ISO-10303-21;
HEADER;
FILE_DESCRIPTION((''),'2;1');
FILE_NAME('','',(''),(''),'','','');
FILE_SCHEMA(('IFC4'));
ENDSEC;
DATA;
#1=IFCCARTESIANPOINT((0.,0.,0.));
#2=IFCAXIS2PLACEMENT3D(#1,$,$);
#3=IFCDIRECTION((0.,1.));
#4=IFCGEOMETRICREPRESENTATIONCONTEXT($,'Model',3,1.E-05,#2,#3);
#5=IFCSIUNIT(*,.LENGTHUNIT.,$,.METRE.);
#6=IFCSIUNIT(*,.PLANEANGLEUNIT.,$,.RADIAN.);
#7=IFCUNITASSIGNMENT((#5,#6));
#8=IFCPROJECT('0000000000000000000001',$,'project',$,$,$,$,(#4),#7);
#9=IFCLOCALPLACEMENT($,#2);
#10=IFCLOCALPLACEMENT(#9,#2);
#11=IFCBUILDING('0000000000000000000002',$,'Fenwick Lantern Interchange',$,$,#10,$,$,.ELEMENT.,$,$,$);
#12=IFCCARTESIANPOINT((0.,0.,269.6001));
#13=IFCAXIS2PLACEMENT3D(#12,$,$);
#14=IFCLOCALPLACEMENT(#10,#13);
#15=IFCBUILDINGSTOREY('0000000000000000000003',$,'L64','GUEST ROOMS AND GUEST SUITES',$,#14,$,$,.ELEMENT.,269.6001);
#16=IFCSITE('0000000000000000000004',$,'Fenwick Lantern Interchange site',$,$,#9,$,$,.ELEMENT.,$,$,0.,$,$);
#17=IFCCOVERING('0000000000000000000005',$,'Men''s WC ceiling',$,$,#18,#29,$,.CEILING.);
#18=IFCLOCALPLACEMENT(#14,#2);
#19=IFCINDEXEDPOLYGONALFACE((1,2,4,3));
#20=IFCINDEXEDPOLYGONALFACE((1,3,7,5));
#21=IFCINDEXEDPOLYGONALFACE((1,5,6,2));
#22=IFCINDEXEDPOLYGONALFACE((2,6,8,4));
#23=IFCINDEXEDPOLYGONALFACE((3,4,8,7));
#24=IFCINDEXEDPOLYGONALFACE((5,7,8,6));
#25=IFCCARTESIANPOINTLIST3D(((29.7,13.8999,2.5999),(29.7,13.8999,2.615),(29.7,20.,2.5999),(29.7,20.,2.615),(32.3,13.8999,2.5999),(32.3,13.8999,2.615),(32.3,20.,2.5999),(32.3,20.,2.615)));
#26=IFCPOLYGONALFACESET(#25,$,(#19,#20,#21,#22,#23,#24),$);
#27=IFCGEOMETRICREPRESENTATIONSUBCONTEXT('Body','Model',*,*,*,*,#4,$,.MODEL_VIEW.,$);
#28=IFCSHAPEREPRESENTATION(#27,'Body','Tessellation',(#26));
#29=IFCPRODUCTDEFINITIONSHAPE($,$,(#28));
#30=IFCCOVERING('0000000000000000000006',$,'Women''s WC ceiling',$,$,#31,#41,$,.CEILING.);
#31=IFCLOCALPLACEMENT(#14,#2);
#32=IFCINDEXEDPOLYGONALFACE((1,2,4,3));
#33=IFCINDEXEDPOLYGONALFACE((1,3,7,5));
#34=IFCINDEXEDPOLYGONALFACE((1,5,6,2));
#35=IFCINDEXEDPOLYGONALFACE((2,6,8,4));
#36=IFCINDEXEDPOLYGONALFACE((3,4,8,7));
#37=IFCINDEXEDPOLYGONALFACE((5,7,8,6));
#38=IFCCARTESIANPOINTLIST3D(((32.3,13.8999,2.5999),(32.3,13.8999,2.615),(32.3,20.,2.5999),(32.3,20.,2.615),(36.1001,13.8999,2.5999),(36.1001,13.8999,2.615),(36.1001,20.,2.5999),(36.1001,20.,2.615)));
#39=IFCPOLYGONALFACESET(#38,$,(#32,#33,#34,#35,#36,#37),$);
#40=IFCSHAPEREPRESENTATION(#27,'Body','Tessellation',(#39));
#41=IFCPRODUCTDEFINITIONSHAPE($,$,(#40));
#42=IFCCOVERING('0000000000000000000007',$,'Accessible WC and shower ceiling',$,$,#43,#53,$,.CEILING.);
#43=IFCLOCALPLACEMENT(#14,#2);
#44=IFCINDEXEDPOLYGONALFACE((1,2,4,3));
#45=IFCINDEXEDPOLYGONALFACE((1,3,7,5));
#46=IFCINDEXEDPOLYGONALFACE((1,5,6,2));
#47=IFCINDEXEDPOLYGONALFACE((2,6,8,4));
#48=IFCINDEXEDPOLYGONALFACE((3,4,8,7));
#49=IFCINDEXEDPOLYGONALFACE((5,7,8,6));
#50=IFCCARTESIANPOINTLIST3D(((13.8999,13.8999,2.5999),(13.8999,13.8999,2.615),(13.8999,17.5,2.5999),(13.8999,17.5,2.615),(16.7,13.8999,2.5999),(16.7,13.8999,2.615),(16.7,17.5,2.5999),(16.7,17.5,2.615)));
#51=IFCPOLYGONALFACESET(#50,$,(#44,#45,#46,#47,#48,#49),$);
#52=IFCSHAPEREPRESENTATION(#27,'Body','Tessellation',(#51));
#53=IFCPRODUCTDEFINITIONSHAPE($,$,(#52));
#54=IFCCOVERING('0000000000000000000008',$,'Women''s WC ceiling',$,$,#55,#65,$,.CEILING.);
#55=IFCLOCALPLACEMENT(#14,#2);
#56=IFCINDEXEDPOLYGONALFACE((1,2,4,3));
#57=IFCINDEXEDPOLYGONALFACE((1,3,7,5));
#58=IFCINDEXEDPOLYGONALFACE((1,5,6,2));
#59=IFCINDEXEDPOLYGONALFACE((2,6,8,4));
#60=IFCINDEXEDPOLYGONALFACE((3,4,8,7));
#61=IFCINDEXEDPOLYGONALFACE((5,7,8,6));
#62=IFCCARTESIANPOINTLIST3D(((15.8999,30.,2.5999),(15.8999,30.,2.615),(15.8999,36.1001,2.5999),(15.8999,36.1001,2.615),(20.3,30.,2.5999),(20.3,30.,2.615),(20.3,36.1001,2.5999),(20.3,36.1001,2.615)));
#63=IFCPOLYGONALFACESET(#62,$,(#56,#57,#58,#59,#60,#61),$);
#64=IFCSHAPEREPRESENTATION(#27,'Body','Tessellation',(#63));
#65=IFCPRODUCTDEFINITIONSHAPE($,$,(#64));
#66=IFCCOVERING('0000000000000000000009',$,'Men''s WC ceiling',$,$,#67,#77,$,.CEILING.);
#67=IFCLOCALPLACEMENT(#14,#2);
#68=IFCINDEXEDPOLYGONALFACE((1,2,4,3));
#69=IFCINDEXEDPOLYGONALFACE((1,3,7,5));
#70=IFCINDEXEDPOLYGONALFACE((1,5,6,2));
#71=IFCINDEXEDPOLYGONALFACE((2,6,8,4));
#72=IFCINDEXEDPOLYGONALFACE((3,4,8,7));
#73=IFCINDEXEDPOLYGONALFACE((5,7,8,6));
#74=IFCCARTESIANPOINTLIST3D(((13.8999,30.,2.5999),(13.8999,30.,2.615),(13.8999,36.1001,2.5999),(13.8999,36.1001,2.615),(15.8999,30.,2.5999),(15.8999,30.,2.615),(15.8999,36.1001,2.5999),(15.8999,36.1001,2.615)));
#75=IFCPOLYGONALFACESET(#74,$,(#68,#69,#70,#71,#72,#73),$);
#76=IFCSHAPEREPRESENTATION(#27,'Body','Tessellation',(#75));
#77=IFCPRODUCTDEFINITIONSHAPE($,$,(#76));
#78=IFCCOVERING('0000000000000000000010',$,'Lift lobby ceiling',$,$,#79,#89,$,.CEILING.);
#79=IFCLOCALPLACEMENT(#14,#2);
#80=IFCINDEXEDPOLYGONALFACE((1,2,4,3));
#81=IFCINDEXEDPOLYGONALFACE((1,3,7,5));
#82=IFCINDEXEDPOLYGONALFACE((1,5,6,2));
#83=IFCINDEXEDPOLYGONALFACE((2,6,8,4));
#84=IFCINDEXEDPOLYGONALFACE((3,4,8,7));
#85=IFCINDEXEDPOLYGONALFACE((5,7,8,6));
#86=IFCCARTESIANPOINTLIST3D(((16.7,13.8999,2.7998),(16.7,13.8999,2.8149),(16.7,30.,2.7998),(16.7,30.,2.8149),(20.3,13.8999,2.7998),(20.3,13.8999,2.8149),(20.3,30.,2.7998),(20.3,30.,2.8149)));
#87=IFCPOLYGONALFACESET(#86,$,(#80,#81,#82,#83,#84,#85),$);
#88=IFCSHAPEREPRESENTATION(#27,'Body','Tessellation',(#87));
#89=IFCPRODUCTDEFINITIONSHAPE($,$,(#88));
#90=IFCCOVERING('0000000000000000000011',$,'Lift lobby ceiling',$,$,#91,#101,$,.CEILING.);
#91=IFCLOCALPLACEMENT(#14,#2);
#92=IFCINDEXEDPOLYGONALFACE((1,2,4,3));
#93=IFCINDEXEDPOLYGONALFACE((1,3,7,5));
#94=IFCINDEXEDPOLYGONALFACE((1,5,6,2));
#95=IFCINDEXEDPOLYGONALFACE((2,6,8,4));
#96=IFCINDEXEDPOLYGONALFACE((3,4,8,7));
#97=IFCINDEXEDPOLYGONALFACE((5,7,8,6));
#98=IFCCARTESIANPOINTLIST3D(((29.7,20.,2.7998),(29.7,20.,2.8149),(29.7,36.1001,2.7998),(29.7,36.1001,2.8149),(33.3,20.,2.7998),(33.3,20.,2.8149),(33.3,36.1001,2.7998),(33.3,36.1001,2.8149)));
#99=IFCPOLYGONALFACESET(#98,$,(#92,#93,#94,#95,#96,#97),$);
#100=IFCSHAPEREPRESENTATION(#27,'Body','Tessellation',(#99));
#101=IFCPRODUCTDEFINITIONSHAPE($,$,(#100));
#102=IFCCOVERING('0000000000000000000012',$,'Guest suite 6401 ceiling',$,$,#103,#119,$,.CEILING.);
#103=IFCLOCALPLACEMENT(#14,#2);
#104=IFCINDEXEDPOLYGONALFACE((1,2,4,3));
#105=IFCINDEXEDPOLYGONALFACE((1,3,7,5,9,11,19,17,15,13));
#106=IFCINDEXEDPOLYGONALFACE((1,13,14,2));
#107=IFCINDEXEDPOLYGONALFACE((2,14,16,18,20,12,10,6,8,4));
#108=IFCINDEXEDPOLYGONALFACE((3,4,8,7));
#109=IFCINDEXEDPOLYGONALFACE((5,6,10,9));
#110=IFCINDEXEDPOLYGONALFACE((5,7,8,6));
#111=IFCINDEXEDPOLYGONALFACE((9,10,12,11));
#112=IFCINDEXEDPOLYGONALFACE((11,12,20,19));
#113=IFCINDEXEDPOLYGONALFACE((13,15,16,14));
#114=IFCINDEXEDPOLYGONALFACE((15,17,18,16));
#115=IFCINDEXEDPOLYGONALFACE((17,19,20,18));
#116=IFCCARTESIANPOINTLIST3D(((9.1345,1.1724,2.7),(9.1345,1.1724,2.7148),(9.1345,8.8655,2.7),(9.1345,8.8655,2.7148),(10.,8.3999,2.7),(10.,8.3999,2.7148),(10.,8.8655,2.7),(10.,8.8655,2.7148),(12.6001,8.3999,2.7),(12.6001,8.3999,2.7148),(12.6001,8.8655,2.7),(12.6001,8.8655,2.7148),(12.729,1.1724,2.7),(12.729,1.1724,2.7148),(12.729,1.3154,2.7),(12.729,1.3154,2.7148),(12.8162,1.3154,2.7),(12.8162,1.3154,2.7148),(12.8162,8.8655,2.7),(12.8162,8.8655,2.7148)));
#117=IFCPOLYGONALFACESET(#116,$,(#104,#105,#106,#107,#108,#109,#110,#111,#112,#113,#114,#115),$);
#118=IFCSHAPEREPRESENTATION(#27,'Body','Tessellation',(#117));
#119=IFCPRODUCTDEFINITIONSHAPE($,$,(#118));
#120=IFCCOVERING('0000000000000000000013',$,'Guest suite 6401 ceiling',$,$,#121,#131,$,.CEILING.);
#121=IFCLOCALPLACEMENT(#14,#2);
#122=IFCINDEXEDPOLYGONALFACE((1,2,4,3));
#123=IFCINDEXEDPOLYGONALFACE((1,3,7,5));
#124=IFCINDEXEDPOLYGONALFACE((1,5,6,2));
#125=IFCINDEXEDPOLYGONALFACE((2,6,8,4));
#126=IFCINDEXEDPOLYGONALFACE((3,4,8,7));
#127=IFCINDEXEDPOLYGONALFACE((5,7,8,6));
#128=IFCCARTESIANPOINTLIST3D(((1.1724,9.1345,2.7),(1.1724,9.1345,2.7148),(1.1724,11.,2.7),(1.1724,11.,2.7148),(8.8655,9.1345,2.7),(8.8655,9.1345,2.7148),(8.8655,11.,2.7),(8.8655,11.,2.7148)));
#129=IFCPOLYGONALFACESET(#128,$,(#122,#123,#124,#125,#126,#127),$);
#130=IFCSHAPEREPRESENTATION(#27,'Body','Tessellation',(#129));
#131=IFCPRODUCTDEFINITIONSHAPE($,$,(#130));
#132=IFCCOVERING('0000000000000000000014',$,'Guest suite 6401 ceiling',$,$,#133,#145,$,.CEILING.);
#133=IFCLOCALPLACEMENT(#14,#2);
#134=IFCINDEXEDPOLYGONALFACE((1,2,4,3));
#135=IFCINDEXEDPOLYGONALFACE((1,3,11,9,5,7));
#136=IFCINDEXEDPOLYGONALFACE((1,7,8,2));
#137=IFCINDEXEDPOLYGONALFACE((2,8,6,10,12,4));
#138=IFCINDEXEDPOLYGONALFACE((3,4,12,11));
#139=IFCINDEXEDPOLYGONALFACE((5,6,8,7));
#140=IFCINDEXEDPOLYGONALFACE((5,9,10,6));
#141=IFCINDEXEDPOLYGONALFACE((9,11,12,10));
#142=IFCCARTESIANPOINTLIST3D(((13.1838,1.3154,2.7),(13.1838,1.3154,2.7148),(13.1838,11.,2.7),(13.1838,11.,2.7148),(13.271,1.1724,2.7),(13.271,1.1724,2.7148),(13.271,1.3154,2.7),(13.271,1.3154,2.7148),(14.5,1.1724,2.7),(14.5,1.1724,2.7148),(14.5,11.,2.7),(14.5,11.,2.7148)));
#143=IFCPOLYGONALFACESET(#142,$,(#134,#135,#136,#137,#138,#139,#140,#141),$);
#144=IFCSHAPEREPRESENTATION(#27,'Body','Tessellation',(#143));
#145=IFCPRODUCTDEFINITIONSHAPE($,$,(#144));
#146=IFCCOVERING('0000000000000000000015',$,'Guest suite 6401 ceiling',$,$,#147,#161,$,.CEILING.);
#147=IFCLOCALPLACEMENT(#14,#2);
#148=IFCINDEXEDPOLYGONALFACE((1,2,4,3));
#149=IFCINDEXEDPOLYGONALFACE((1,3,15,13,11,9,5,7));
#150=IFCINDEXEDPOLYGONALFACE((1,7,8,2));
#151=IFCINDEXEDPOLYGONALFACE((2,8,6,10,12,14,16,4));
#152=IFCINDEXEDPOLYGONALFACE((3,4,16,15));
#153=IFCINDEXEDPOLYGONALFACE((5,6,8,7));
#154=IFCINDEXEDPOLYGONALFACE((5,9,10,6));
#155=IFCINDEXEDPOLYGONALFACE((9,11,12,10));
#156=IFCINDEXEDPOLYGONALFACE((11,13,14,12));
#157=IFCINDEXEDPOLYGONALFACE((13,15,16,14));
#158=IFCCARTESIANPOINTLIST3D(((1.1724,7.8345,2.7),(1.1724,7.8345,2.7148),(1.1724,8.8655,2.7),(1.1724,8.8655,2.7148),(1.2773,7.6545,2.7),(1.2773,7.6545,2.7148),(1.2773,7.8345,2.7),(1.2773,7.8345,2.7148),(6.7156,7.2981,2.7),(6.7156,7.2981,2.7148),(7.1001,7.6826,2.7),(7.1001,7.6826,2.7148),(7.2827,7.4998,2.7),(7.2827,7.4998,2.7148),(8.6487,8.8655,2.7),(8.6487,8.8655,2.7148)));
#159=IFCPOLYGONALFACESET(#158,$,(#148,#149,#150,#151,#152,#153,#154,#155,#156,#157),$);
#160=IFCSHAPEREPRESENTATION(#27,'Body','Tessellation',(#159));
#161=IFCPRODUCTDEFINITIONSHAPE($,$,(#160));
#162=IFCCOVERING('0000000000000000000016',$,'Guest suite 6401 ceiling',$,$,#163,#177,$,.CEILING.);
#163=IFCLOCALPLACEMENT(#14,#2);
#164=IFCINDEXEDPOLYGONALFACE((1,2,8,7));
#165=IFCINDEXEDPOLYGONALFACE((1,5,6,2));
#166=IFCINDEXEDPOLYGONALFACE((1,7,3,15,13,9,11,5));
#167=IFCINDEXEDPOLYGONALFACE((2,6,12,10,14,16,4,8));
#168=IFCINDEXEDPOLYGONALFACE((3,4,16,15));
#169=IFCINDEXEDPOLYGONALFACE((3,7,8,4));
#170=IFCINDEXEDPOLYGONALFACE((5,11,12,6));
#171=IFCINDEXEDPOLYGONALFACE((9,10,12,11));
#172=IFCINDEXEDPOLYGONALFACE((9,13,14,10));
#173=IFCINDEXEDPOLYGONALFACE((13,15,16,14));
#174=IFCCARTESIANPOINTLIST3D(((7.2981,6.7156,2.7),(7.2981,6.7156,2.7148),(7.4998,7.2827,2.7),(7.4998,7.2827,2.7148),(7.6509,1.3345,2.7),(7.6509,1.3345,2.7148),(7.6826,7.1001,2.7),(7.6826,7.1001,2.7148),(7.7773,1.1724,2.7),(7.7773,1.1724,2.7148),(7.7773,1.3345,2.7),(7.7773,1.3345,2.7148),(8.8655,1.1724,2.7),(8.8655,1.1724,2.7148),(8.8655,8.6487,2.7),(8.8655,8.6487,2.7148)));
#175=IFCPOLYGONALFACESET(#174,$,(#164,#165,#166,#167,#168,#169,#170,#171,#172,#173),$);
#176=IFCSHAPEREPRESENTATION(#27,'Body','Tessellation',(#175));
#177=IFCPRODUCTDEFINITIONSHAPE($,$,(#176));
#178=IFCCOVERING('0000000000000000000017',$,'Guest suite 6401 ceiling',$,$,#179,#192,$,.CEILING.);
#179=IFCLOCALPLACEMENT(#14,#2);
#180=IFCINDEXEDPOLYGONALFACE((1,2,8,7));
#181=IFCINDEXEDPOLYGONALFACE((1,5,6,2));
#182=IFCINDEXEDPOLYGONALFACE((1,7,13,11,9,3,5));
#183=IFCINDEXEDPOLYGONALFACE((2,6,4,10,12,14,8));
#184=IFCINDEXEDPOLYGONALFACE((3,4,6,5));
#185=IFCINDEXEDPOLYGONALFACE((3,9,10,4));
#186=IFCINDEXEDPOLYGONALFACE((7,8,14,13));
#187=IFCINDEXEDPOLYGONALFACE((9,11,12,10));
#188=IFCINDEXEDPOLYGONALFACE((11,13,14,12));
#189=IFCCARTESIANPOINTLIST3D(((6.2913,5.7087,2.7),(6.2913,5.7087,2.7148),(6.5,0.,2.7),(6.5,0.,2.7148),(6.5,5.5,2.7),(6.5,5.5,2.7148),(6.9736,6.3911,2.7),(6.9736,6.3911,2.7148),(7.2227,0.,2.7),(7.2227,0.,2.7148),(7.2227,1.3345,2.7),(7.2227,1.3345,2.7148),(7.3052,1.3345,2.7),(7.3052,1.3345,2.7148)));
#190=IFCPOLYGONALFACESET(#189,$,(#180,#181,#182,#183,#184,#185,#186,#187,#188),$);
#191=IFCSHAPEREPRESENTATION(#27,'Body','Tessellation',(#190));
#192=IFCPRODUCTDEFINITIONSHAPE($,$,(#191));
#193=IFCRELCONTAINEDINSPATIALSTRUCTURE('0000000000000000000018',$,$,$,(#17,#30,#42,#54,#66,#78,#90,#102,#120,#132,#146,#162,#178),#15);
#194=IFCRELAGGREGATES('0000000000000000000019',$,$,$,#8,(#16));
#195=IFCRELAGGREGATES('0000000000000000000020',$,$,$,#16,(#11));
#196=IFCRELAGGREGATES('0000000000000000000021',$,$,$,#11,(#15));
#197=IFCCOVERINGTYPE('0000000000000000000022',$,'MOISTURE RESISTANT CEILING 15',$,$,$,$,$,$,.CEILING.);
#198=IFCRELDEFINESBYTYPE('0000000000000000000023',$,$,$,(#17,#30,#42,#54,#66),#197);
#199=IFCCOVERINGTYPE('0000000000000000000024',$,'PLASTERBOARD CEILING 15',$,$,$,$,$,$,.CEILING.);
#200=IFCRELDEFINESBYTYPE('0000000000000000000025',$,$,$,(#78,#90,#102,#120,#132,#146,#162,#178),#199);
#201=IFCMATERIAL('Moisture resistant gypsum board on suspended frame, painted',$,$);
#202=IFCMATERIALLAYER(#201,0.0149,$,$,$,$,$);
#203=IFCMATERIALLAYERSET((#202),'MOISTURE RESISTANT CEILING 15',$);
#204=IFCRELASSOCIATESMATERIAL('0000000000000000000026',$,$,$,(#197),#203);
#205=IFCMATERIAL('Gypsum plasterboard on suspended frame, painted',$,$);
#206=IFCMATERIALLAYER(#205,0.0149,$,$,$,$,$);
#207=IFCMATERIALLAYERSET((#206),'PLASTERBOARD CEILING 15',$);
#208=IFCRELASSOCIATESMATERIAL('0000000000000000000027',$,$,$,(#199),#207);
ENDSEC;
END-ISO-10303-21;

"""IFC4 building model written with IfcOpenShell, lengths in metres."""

from ifc_helpers import new_model, si_unit, direction, frame, origin, place, context, subcontext, project, spatial, polyline, outline, extrude, material, layer, layer_set, type_object, element, save


model = new_model("IFC4")

# Units and contexts
model_context = context("Model", 3, precision=1e-05, world=origin(), true_north=direction((0.0, 1.0)))
body_context = subcontext(model_context, "Body", "Model", "MODEL_VIEW")
ifc_project = project(units=[si_unit("LENGTHUNIT", "METRE"), si_unit("PLANEANGLEUNIT", "RADIAN")], contexts=[model_context])

# Site, building, storey
site_placement = place(None, origin())
site = spatial("IfcSite", under=ifc_project, at=site_placement, Name="Fenwick Lantern Interchange site", CompositionType="ELEMENT", RefElevation=0.0)
building_placement = place(site_placement, origin())
building = spatial("IfcBuilding", under=site, at=building_placement, Name="Fenwick Lantern Interchange", CompositionType="ELEMENT")
storey_placement = place(building_placement, frame((0.0, 0.0, 269.6001)))
storey = spatial("IfcBuildingStorey", under=building, at=storey_placement, Name="L64", Description="GUEST ROOMS AND GUEST SUITES", CompositionType="ELEMENT", Elevation=269.6001)

# Coverings
ifc_material_1 = material(Name="Moisture resistant gypsum board on suspended frame, painted")
ifc_layer_1 = layer(ifc_material_1, 0.0149)
ifc_layer_set_1 = layer_set([ifc_layer_1], Name="MOISTURE RESISTANT CEILING 15")
covering_type_1 = type_object("IfcCoveringType", Name="MOISTURE RESISTANT CEILING 15", PredefinedType="CEILING", material=ifc_layer_set_1)
covering_1_placement = place(storey_placement, frame((0.0, 0.0, 2.5999)))
element("IfcCovering", 1, at=covering_1_placement, inside=storey, type_object=covering_type_1, Name="Men's WC ceiling", PredefinedType="CEILING", context=body_context, shape_type="SweptSolid", body=[
    extrude(outline(polyline([(29.7, 13.8999), (32.3, 13.8999), (32.3, 20.0), (29.7, 20.0), (29.7, 13.8999)])), origin(), (0.0, 0.0, 1.0), 0.0151),
])
covering_2_placement = place(storey_placement, frame((0.0, 0.0, 2.5999)))
element("IfcCovering", 2, at=covering_2_placement, inside=storey, type_object=covering_type_1, Name="Women's WC ceiling", PredefinedType="CEILING", context=body_context, shape_type="SweptSolid", body=[
    extrude(outline(polyline([(32.3, 13.8999), (36.1001, 13.8999), (36.1001, 20.0), (32.3, 20.0), (32.3, 13.8999)])), origin(), (0.0, 0.0, 1.0), 0.0151),
])
covering_3_placement = place(storey_placement, frame((0.0, 0.0, 2.5999)))
element("IfcCovering", 3, at=covering_3_placement, inside=storey, type_object=covering_type_1, Name="Accessible WC and shower ceiling", PredefinedType="CEILING", context=body_context, shape_type="SweptSolid", body=[
    extrude(outline(polyline([(13.8999, 13.8999), (16.7, 13.8999), (16.7, 17.5), (13.8999, 17.5), (13.8999, 13.8999)])), origin(), (0.0, 0.0, 1.0), 0.0151),
])
covering_4_placement = place(storey_placement, frame((0.0, 0.0, 2.5999)))
element("IfcCovering", 4, at=covering_4_placement, inside=storey, type_object=covering_type_1, Name="Women's WC ceiling", PredefinedType="CEILING", context=body_context, shape_type="SweptSolid", body=[
    extrude(outline(polyline([(20.3, 36.1001), (15.8999, 36.1001), (15.8999, 30.0), (20.3, 30.0), (20.3, 36.1001)])), origin(), (0.0, 0.0, 1.0), 0.0151),
])
covering_5_placement = place(storey_placement, frame((0.0, 0.0, 2.5999)))
element("IfcCovering", 5, at=covering_5_placement, inside=storey, type_object=covering_type_1, Name="Men's WC ceiling", PredefinedType="CEILING", context=body_context, shape_type="SweptSolid", body=[
    extrude(outline(polyline([(15.8999, 36.1001), (13.8999, 36.1001), (13.8999, 30.0), (15.8999, 30.0), (15.8999, 36.1001)])), origin(), (0.0, 0.0, 1.0), 0.0151),
])
ifc_material_2 = material(Name="Gypsum plasterboard on suspended frame, painted")
ifc_layer_2 = layer(ifc_material_2, 0.0149)
ifc_layer_set_2 = layer_set([ifc_layer_2], Name="PLASTERBOARD CEILING 15")
covering_type_2 = type_object("IfcCoveringType", Name="PLASTERBOARD CEILING 15", PredefinedType="CEILING", material=ifc_layer_set_2)
covering_6_placement = place(storey_placement, frame((0.0, 0.0, 2.7998)))
element("IfcCovering", 6, at=covering_6_placement, inside=storey, type_object=covering_type_2, Name="Lift lobby ceiling", PredefinedType="CEILING", context=body_context, shape_type="SweptSolid", body=[
    extrude(outline(polyline([(16.7, 13.8999), (20.3, 13.8999), (20.3, 30.0), (16.7, 30.0), (16.7, 13.8999)])), origin(), (0.0, 0.0, 1.0), 0.0151),
])
covering_7_placement = place(storey_placement, frame((0.0, 0.0, 2.7998)))
element("IfcCovering", 7, at=covering_7_placement, inside=storey, type_object=covering_type_2, Name="Lift lobby ceiling", PredefinedType="CEILING", context=body_context, shape_type="SweptSolid", body=[
    extrude(outline(polyline([(33.3, 36.1001), (29.7, 36.1001), (29.7, 20.0), (33.3, 20.0), (33.3, 36.1001)])), origin(), (0.0, 0.0, 1.0), 0.0151),
])
covering_8_placement = place(storey_placement, frame((0.0, 0.0, 2.7)))
element("IfcCovering", 8, at=covering_8_placement, inside=storey, type_object=covering_type_2, Name="Guest suite 6401 ceiling", PredefinedType="CEILING", context=body_context, shape_type="SweptSolid", body=[
    extrude(outline(polyline([(10.0, 8.3999), (10.0, 8.8655), (9.1345, 8.8655), (9.1345, 1.1724), (12.729, 1.1724), (12.729, 1.3154), (12.8162, 1.3154), (12.8162, 8.8655), (12.6001, 8.8655), (12.6001, 8.3999), (10.0, 8.3999)])), origin(), (0.0, 0.0, 1.0), 0.0149),
])
covering_9_placement = place(storey_placement, frame((0.0, 0.0, 2.7)))
element("IfcCovering", 9, at=covering_9_placement, inside=storey, type_object=covering_type_2, Name="Guest suite 6401 ceiling", PredefinedType="CEILING", context=body_context, shape_type="SweptSolid", body=[
    extrude(outline(polyline([(8.8655, 11.0), (1.1724, 11.0), (1.1724, 9.1345), (8.8655, 9.1345), (8.8655, 11.0)])), origin(), (0.0, 0.0, 1.0), 0.0149),
])
covering_10_placement = place(storey_placement, frame((0.0, 0.0, 2.7)))
element("IfcCovering", 10, at=covering_10_placement, inside=storey, type_object=covering_type_2, Name="Guest suite 6401 ceiling", PredefinedType="CEILING", context=body_context, shape_type="SweptSolid", body=[
    extrude(outline(polyline([(14.5, 11.0), (13.1838, 11.0), (13.1838, 1.3154), (13.271, 1.3154), (13.271, 1.1724), (14.5, 1.1724), (14.5, 11.0)])), origin(), (0.0, 0.0, 1.0), 0.0149),
])
covering_11_placement = place(storey_placement, frame((0.0, 0.0, 2.7)))
element("IfcCovering", 11, at=covering_11_placement, inside=storey, type_object=covering_type_2, Name="Guest suite 6401 ceiling", PredefinedType="CEILING", context=body_context, shape_type="SweptSolid", body=[
    extrude(outline(polyline([(7.1001, 7.6826), (7.2827, 7.4998), (8.6487, 8.8655), (1.1724, 8.8655), (1.1724, 7.8345), (1.2773, 7.8345), (1.2773, 7.6545), (6.7156, 7.2981), (7.1001, 7.6826)])), origin(), (0.0, 0.0, 1.0), 0.0149),
])
covering_12_placement = place(storey_placement, frame((0.0, 0.0, 2.7)))
element("IfcCovering", 12, at=covering_12_placement, inside=storey, type_object=covering_type_2, Name="Guest suite 6401 ceiling", PredefinedType="CEILING", context=body_context, shape_type="SweptSolid", body=[
    extrude(outline(polyline([(7.7773, 1.3345), (7.7773, 1.1724), (8.8655, 1.1724), (8.8655, 8.6487), (7.4998, 7.2827), (7.6826, 7.1001), (7.2981, 6.7156), (7.6509, 1.3345), (7.7773, 1.3345)])), origin(), (0.0, 0.0, 1.0), 0.0149),
])
covering_13_placement = place(storey_placement, frame((0.0, 0.0, 2.7)))
element("IfcCovering", 13, at=covering_13_placement, inside=storey, type_object=covering_type_2, Name="Guest suite 6401 ceiling", PredefinedType="CEILING", context=body_context, shape_type="SweptSolid", body=[
    extrude(outline(polyline([(7.2227, 1.3345), (7.3052, 1.3345), (6.9736, 6.3911), (6.2913, 5.7087), (6.5, 5.5), (6.5, 0.0), (7.2227, 0.0), (7.2227, 1.3345)])), origin(), (0.0, 0.0, 1.0), 0.0149),
])

save(model, "model.ifc")
